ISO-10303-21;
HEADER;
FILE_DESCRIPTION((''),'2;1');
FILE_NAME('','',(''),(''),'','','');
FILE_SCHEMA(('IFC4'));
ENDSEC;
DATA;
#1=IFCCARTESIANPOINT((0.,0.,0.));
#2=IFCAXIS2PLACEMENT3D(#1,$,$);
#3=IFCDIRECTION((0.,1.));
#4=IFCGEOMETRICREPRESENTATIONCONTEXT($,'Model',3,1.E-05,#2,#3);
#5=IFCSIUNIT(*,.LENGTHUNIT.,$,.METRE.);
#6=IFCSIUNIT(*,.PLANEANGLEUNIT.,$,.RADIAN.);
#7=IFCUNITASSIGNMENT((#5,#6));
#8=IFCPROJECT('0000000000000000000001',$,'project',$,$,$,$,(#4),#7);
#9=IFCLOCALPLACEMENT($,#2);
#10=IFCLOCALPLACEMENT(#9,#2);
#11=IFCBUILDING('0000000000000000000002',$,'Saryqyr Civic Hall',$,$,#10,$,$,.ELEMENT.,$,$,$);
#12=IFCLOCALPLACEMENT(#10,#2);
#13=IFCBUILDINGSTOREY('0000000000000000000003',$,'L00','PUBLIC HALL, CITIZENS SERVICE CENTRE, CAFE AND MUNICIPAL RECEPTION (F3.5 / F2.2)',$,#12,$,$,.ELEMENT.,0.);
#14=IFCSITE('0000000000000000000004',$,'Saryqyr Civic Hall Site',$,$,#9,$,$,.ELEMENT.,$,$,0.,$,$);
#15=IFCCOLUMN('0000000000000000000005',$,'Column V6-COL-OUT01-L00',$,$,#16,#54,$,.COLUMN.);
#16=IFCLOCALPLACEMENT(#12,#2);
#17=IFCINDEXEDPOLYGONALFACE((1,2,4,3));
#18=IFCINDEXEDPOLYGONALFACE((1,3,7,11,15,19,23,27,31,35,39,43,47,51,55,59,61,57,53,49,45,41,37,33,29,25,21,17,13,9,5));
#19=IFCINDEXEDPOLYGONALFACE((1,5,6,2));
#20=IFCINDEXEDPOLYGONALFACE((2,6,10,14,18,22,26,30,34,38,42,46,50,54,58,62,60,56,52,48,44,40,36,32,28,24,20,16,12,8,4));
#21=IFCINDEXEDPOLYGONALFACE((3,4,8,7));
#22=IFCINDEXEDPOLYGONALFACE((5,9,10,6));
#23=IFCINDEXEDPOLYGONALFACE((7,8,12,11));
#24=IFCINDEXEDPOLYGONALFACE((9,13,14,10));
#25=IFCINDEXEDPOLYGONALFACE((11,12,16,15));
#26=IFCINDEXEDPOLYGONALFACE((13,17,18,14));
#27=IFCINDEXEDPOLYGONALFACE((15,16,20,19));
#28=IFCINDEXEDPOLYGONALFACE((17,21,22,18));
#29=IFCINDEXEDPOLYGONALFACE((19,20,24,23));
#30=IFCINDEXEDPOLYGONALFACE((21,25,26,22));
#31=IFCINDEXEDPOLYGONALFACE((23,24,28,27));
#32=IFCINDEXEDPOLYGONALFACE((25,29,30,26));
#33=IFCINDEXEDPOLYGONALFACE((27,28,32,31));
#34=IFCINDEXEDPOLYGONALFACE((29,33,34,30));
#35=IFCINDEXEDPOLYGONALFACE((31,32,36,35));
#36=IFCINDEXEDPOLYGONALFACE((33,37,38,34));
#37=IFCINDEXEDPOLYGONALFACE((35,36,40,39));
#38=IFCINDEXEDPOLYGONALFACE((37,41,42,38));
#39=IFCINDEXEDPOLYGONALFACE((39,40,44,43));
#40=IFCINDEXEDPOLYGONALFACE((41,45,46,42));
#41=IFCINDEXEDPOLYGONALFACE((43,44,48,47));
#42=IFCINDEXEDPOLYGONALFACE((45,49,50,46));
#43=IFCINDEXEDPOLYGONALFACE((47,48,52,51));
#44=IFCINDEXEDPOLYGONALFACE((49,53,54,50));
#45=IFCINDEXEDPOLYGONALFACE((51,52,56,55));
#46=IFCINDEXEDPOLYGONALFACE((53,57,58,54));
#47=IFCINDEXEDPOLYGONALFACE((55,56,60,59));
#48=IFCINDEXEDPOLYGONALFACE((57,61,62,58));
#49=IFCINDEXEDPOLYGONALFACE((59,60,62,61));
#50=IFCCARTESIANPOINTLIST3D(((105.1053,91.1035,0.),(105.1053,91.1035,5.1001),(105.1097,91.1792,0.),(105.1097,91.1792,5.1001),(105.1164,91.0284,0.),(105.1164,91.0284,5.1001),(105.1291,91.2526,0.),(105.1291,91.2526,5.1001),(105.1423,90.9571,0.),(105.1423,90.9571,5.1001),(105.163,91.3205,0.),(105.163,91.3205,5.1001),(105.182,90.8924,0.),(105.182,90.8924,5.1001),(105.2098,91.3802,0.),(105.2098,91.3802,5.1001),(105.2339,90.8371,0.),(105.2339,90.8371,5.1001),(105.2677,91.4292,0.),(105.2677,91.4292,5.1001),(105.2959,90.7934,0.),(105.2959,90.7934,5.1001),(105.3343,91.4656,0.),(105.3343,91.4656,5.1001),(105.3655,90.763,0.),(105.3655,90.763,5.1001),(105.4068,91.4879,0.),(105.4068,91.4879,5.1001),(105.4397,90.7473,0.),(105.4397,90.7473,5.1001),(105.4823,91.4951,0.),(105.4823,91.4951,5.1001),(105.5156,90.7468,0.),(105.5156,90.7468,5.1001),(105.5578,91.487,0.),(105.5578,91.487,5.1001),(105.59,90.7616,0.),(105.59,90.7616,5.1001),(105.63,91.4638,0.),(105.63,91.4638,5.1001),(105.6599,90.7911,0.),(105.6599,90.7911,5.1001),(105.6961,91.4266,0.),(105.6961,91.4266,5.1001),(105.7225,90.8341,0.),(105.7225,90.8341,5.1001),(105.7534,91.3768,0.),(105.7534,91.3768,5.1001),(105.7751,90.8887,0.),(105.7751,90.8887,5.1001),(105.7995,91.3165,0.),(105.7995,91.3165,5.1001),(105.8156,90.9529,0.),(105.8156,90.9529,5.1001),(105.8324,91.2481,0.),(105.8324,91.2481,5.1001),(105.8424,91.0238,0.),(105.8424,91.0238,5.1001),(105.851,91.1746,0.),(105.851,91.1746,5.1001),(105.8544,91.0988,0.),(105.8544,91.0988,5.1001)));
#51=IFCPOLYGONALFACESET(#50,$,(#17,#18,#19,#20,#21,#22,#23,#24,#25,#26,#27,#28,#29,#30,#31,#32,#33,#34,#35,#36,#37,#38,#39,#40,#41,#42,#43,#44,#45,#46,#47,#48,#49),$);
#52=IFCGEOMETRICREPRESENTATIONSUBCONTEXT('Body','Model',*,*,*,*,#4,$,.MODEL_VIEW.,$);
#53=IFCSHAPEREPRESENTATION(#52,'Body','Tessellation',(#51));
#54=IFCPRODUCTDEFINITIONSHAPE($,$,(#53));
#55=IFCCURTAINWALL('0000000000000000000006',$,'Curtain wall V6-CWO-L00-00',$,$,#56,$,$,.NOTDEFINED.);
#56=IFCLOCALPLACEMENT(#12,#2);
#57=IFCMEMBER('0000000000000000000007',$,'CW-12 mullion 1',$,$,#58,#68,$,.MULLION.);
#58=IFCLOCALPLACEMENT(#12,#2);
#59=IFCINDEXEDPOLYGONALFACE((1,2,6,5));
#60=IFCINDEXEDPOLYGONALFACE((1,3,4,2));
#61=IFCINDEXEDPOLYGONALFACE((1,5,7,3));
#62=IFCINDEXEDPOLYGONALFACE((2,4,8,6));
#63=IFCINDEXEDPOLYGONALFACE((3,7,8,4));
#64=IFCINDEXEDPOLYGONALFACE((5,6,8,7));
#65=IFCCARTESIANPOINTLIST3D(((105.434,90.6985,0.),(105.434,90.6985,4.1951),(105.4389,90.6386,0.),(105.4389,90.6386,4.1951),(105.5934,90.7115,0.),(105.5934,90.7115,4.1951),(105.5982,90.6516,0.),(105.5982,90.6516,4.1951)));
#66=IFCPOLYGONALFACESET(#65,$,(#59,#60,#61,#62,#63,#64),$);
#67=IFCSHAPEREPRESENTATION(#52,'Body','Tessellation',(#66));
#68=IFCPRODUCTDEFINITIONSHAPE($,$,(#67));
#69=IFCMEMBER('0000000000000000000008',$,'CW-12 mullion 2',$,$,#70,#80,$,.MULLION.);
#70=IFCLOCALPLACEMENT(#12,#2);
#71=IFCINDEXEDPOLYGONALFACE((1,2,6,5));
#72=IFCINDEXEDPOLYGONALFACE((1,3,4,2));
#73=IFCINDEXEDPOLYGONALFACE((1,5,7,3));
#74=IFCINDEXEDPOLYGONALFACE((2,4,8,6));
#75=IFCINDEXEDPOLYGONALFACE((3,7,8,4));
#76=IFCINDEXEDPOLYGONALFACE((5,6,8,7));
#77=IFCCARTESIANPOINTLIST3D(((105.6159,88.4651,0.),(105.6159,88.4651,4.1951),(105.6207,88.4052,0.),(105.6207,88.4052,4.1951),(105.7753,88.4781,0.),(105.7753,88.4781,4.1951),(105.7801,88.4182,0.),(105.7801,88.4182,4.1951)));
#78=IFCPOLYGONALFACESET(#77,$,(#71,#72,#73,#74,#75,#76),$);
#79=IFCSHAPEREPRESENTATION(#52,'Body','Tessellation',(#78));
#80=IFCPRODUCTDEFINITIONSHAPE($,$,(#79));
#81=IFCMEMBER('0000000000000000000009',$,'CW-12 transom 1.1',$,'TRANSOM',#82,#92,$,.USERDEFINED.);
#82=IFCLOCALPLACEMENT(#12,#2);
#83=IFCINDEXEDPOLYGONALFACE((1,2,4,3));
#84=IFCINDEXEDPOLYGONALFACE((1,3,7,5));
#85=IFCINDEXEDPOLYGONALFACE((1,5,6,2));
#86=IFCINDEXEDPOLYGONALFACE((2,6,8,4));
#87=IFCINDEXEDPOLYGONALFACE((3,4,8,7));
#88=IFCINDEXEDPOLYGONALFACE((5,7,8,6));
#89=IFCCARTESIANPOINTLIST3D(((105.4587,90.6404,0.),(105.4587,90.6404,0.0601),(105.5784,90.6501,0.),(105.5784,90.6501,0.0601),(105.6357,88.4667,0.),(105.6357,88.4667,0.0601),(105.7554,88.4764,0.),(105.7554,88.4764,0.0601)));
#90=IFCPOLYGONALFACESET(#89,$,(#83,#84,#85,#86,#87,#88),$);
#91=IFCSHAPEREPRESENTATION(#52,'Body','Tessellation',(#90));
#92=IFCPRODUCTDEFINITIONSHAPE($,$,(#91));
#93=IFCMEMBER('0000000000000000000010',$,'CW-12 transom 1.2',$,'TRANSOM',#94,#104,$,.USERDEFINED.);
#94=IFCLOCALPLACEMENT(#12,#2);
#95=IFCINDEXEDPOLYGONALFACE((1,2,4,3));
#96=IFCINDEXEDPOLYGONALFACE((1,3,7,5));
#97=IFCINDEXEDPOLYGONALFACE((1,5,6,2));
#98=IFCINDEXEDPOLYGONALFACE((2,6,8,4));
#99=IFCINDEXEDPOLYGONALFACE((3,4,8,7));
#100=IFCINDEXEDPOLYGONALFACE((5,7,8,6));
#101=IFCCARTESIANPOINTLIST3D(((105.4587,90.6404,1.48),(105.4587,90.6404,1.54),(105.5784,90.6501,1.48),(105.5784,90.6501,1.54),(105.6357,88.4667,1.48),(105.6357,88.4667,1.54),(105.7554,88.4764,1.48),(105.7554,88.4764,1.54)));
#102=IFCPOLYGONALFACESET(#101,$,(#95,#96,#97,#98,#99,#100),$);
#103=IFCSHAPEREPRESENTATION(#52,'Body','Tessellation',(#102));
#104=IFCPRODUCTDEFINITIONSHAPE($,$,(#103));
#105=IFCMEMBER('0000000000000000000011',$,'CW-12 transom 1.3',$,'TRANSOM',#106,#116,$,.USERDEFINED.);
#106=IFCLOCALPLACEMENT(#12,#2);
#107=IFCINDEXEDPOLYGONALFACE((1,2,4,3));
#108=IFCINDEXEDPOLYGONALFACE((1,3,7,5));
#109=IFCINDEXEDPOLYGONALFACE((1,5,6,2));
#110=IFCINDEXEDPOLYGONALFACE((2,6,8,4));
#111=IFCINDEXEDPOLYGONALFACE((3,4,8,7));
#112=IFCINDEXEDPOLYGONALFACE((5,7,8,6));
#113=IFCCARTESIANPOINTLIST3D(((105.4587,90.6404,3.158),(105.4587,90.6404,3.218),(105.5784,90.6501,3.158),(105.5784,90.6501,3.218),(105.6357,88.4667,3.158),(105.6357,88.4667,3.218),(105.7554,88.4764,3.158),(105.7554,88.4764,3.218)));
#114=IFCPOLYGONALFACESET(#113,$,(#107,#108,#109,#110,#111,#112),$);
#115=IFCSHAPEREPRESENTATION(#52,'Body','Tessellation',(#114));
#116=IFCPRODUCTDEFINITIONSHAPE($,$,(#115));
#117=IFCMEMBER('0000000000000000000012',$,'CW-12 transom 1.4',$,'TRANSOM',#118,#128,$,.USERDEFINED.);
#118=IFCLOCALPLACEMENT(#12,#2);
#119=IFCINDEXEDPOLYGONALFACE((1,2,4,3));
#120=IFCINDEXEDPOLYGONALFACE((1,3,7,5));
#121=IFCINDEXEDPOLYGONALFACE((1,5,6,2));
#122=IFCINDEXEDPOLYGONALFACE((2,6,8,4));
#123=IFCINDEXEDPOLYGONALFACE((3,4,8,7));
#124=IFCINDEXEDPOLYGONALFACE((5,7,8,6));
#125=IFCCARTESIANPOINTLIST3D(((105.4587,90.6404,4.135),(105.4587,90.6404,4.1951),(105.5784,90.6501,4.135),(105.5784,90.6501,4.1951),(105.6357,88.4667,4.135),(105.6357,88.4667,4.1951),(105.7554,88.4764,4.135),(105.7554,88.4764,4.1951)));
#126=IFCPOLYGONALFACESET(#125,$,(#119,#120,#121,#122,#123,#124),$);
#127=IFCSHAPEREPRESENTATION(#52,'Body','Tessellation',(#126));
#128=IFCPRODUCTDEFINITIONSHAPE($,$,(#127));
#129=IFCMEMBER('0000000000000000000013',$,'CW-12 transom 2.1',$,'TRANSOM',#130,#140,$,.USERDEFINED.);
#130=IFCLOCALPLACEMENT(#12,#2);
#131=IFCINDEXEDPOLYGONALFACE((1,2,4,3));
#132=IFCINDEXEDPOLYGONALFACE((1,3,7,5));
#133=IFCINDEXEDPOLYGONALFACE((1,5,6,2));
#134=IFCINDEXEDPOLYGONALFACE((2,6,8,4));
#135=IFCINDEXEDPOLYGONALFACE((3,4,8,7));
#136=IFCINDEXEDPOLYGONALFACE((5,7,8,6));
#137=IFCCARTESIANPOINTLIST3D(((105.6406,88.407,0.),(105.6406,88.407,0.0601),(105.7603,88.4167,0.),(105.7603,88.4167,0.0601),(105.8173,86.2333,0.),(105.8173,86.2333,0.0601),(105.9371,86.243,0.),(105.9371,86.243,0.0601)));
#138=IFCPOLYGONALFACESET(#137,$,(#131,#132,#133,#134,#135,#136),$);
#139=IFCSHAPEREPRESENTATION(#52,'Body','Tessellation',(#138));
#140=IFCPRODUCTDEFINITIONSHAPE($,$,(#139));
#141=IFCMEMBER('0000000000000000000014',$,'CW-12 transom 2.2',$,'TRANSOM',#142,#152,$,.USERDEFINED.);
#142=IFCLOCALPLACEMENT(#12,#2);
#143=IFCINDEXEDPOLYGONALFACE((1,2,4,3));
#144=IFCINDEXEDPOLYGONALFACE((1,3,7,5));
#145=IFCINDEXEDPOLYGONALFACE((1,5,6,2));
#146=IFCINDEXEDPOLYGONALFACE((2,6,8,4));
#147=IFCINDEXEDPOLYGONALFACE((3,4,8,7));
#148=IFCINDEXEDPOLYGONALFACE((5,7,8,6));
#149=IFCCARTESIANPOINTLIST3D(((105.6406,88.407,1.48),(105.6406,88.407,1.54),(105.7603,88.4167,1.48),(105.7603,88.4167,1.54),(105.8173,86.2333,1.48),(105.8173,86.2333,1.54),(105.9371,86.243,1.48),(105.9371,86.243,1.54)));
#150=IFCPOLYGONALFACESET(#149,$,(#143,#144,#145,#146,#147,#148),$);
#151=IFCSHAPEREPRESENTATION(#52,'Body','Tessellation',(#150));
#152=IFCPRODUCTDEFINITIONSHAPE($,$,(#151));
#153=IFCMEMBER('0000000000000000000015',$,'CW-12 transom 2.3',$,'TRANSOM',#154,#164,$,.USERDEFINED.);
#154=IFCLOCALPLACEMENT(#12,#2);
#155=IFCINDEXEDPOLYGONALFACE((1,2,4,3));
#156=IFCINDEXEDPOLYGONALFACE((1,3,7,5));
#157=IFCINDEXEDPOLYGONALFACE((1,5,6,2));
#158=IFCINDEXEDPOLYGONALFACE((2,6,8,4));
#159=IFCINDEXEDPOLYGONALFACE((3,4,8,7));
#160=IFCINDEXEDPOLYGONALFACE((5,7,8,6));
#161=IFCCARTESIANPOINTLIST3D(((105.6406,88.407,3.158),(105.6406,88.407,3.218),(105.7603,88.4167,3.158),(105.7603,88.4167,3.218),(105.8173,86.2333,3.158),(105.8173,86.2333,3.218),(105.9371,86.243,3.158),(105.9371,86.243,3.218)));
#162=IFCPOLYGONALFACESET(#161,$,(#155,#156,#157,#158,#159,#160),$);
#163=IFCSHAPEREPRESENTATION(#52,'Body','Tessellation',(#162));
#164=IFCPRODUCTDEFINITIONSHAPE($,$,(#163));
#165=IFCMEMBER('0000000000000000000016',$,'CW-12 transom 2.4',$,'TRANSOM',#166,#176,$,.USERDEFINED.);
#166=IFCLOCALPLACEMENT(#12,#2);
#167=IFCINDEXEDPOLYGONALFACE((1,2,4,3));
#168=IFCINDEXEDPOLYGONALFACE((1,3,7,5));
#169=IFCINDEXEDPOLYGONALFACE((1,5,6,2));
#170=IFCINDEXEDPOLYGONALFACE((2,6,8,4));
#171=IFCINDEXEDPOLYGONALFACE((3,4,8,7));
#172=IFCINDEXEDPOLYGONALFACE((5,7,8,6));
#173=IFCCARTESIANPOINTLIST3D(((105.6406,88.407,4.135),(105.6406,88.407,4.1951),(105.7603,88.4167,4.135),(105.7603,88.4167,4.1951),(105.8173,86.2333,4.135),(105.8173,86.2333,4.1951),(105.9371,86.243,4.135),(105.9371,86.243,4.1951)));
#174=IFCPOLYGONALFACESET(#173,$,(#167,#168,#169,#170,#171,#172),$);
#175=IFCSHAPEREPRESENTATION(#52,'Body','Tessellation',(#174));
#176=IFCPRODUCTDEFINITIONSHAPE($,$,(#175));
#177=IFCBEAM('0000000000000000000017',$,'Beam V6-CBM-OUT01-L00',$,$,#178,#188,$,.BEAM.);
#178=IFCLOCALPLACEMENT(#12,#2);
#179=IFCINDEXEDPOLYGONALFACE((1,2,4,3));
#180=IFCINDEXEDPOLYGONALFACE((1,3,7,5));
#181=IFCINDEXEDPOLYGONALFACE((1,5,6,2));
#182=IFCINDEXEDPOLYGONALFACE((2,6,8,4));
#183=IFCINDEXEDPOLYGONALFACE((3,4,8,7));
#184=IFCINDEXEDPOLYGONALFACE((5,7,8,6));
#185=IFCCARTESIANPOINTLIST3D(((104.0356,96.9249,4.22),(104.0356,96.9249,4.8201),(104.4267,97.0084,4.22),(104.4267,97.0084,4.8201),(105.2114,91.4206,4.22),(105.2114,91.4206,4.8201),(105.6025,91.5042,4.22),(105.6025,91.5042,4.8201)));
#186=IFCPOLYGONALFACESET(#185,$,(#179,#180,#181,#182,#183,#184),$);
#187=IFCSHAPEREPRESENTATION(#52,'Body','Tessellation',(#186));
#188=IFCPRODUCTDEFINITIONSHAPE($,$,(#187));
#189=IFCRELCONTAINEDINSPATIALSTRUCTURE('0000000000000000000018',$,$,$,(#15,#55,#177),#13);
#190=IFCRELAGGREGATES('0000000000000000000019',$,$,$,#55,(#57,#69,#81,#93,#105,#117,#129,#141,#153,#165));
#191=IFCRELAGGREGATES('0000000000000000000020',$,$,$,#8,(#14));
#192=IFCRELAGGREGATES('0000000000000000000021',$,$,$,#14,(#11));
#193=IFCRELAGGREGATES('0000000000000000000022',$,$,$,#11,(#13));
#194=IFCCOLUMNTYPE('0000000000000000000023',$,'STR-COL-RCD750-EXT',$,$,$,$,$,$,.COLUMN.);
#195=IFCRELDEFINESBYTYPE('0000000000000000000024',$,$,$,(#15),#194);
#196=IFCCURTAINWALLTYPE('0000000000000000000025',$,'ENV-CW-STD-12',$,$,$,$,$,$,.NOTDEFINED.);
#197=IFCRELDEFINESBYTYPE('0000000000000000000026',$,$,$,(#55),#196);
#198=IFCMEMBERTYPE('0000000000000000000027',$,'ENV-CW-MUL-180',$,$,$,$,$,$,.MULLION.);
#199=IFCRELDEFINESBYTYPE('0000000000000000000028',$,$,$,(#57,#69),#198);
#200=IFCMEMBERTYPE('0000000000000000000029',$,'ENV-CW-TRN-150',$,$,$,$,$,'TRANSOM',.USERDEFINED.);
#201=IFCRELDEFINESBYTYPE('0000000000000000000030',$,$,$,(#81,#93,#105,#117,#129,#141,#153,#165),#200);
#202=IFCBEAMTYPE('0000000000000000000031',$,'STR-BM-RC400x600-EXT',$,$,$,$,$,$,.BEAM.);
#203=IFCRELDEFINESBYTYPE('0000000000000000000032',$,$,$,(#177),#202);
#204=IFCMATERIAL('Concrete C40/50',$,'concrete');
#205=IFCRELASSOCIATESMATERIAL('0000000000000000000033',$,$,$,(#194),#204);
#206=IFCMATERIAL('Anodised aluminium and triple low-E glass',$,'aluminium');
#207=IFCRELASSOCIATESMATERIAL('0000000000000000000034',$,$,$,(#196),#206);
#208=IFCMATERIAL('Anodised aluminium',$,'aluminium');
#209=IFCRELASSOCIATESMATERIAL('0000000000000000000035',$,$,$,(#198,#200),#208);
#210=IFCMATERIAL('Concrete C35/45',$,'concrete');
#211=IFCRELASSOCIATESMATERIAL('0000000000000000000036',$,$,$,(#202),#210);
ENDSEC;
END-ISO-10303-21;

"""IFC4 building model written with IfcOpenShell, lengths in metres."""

from ifc_helpers import new_model, si_unit, direction, frame, origin, origin_2d, place, context, subcontext, project, spatial, rectangle, circle, extrude, material, material_profile, profile_set, type_object, element, aggregate, save


model = new_model("IFC4")

# Units and contexts
model_context = context("Model", 3, precision=1e-05, world=origin(), true_north=direction((0.0, 1.0)))
body_context = subcontext(model_context, "Body", "Model", "MODEL_VIEW")
ifc_project = project(units=[si_unit("LENGTHUNIT", "METRE"), si_unit("PLANEANGLEUNIT", "RADIAN")], contexts=[model_context])

# Site, building, storey
site_placement = place(None, origin())
site = spatial("IfcSite", under=ifc_project, at=site_placement, Name="Saryqyr Civic Hall Site", CompositionType="ELEMENT", RefElevation=0.0)
building_placement = place(site_placement, origin())
building = spatial("IfcBuilding", under=site, at=building_placement, Name="Saryqyr Civic Hall", CompositionType="ELEMENT")
storey_placement = place(building_placement, origin())
storey = spatial("IfcBuildingStorey", under=building, at=storey_placement, Name="L00", Description="PUBLIC HALL, CITIZENS SERVICE CENTRE, CAFE AND MUNICIPAL RECEPTION (F3.5 / F2.2)", CompositionType="ELEMENT", Elevation=0.0)

# Column
ifc_material_1 = material(Name="Concrete C40/50", Category="concrete")
ifc_material_profile_1 = material_profile(ifc_material_1, circle(Radius=0.375, at=origin_2d()), Name="RC D750")
ifc_profile_set_1 = profile_set([ifc_material_profile_1], Name="Concrete C40/50")
column_type = type_object("IfcColumnType", Name="STR-COL-RCD750-EXT", PredefinedType="COLUMN", material=ifc_profile_set_1)
column_placement = place(storey_placement, frame((105.48, 91.1201, 0.0), z_axis=(0.0, 0.0, 1.0), x_axis=(0.989399, 0.14522, 0.0)))
element("IfcColumn", 1, at=column_placement, inside=storey, type_object=column_type, Name="Column V6-COL-OUT01-L00", PredefinedType="COLUMN", context=body_context, shape_type="SweptSolid", body=[
    extrude(circle(Radius=0.375, at=origin_2d()), origin(), (0.0, 0.0, 1.0), 5.1001),
])

# Curtain wall, members
ifc_material_2 = material(Name="Anodised aluminium and triple low-E glass", Category="aluminium")
curtain_wall_type = type_object("IfcCurtainWallType", Name="ENV-CW-STD-12", PredefinedType="NOTDEFINED", material=ifc_material_2)
curtain_wall_placement = place(storey_placement, origin())
curtain_wall = element("IfcCurtainWall", 2, at=curtain_wall_placement, inside=storey, type_object=curtain_wall_type, Name="Curtain wall V6-CWO-L00-00", PredefinedType="NOTDEFINED")
ifc_material_3 = material(Name="Anodised aluminium", Category="aluminium")
ifc_material_profile_2 = material_profile(ifc_material_3, rectangle(XDim=0.0601, YDim=0.1599, at=origin_2d()), Name="ALU MULLION 60x160")
ifc_profile_set_2 = profile_set([ifc_material_profile_2], Name="Anodised aluminium")
member_type_1 = type_object("IfcMemberType", Name="ENV-CW-MUL-180", PredefinedType="MULLION", material=ifc_profile_set_2)
member_1_placement = place(storey_placement, frame((105.5161, 90.675, 0.0), z_axis=(0.0, 0.0, 1.0), x_axis=(0.081094, -0.996706, 0.0)))
member_1 = element("IfcMember", 3, at=member_1_placement, type_object=member_type_1, Name="CW-12 mullion 1", PredefinedType="MULLION", context=body_context, shape_type="SweptSolid", body=[
    extrude(rectangle(XDim=0.0601, YDim=0.1599, at=origin_2d()), origin(), (0.0, 0.0, 1.0), 4.1951),
])
member_2_placement = place(storey_placement, frame((105.698, 88.4417, 0.0), z_axis=(0.0, 0.0, 1.0), x_axis=(0.081094, -0.996706, 0.0)))
member_2 = element("IfcMember", 4, at=member_2_placement, type_object=member_type_1, Name="CW-12 mullion 2", PredefinedType="MULLION", context=body_context, shape_type="SweptSolid", body=[
    extrude(rectangle(XDim=0.0601, YDim=0.1599, at=origin_2d()), origin(), (0.0, 0.0, 1.0), 4.1951),
])
ifc_material_profile_3 = material_profile(ifc_material_3, rectangle(XDim=0.1201, YDim=0.0601, at=origin_2d()), Name="ALU TRANSOM 120x60")
ifc_profile_set_3 = profile_set([ifc_material_profile_3], Name="Anodised aluminium")
member_type_2 = type_object("IfcMemberType", Name="ENV-CW-TRN-150", ElementType="TRANSOM", PredefinedType="USERDEFINED", material=ifc_profile_set_3)
member_3_placement = place(storey_placement, frame((105.5186, 90.6453, 0.03), z_axis=(0.081155, -0.996701, 0.0), x_axis=(0.996701, 0.081155, 0.0)))
member_3 = element("IfcMember", 5, at=member_3_placement, type_object=member_type_2, Name="CW-12 transom 1.1", ObjectType="TRANSOM", PredefinedType="USERDEFINED", context=body_context, shape_type="SweptSolid", body=[
    extrude(rectangle(XDim=0.1201, YDim=0.0601, at=origin_2d()), origin(), (0.0, 0.0, 1.0), 2.1809),
])
member_4_placement = place(storey_placement, frame((105.5186, 90.6453, 1.51), z_axis=(0.081155, -0.996701, 0.0), x_axis=(0.996701, 0.081155, 0.0)))
member_4 = element("IfcMember", 6, at=member_4_placement, type_object=member_type_2, Name="CW-12 transom 1.2", ObjectType="TRANSOM", PredefinedType="USERDEFINED", context=body_context, shape_type="SweptSolid", body=[
    extrude(rectangle(XDim=0.1201, YDim=0.0601, at=origin_2d()), origin(), (0.0, 0.0, 1.0), 2.1809),
])
member_5_placement = place(storey_placement, frame((105.5186, 90.6453, 3.188), z_axis=(0.081155, -0.996701, 0.0), x_axis=(0.996701, 0.081155, 0.0)))
member_5 = element("IfcMember", 7, at=member_5_placement, type_object=member_type_2, Name="CW-12 transom 1.3", ObjectType="TRANSOM", PredefinedType="USERDEFINED", context=body_context, shape_type="SweptSolid", body=[
    extrude(rectangle(XDim=0.1201, YDim=0.0601, at=origin_2d()), origin(), (0.0, 0.0, 1.0), 2.1809),
])
member_6_placement = place(storey_placement, frame((105.5186, 90.6453, 4.165), z_axis=(0.081155, -0.996701, 0.0), x_axis=(0.996701, 0.081155, 0.0)))
member_6 = element("IfcMember", 8, at=member_6_placement, type_object=member_type_2, Name="CW-12 transom 1.4", ObjectType="TRANSOM", PredefinedType="USERDEFINED", context=body_context, shape_type="SweptSolid", body=[
    extrude(rectangle(XDim=0.1201, YDim=0.0601, at=origin_2d()), origin(), (0.0, 0.0, 1.0), 2.1809),
])
member_7_placement = place(storey_placement, frame((105.7004, 88.4119, 0.03), z_axis=(0.081044, -0.996711, 0.0), x_axis=(0.996711, 0.081044, 0.0)))
member_7 = element("IfcMember", 9, at=member_7_placement, type_object=member_type_2, Name="CW-12 transom 2.1", ObjectType="TRANSOM", PredefinedType="USERDEFINED", context=body_context, shape_type="SweptSolid", body=[
    extrude(rectangle(XDim=0.1201, YDim=0.0601, at=origin_2d()), origin(), (0.0, 0.0, 1.0), 2.1809),
])
member_8_placement = place(storey_placement, frame((105.7004, 88.4119, 1.51), z_axis=(0.081044, -0.996711, 0.0), x_axis=(0.996711, 0.081044, 0.0)))
member_8 = element("IfcMember", 10, at=member_8_placement, type_object=member_type_2, Name="CW-12 transom 2.2", ObjectType="TRANSOM", PredefinedType="USERDEFINED", context=body_context, shape_type="SweptSolid", body=[
    extrude(rectangle(XDim=0.1201, YDim=0.0601, at=origin_2d()), origin(), (0.0, 0.0, 1.0), 2.1809),
])
member_9_placement = place(storey_placement, frame((105.7004, 88.4119, 3.188), z_axis=(0.081044, -0.996711, 0.0), x_axis=(0.996711, 0.081044, 0.0)))
member_9 = element("IfcMember", 11, at=member_9_placement, type_object=member_type_2, Name="CW-12 transom 2.3", ObjectType="TRANSOM", PredefinedType="USERDEFINED", context=body_context, shape_type="SweptSolid", body=[
    extrude(rectangle(XDim=0.1201, YDim=0.0601, at=origin_2d()), origin(), (0.0, 0.0, 1.0), 2.1809),
])
member_10_placement = place(storey_placement, frame((105.7004, 88.4119, 4.165), z_axis=(0.081044, -0.996711, 0.0), x_axis=(0.996711, 0.081044, 0.0)))
member_10 = element("IfcMember", 12, at=member_10_placement, type_object=member_type_2, Name="CW-12 transom 2.4", ObjectType="TRANSOM", PredefinedType="USERDEFINED", context=body_context, shape_type="SweptSolid", body=[
    extrude(rectangle(XDim=0.1201, YDim=0.0601, at=origin_2d()), origin(), (0.0, 0.0, 1.0), 2.1809),
])

# Beam
ifc_material_4 = material(Name="Concrete C35/45", Category="concrete")
ifc_material_profile_4 = material_profile(ifc_material_4, rectangle(XDim=0.3999, YDim=0.6001, at=origin_2d()), Name="RC 400x600")
ifc_profile_set_4 = profile_set([ifc_material_profile_4], Name="Concrete C35/45")
beam_type_1 = type_object("IfcBeamType", Name="STR-BM-RC400x600-EXT", PredefinedType="BEAM", material=ifc_profile_set_4)
beam_1_placement = place(storey_placement, frame((105.407, 91.4624, 4.52), z_axis=(-0.208904, 0.977936, 0.0), x_axis=(-0.977936, -0.208904, 0.0)))
element("IfcBeam", 13, at=beam_1_placement, inside=storey, type_object=beam_type_1, Name="Beam V6-CBM-OUT01-L00", PredefinedType="BEAM", context=body_context, shape_type="SweptSolid", body=[
    extrude(rectangle(XDim=0.3999, YDim=0.6001, at=origin_2d()), origin(), (0.0, 0.0, 1.0), 5.6284),
])

aggregate(curtain_wall, [member_1, member_2, member_3, member_4, member_5, member_6, member_7, member_8, member_9, member_10])

save(model, "model.ifc")
